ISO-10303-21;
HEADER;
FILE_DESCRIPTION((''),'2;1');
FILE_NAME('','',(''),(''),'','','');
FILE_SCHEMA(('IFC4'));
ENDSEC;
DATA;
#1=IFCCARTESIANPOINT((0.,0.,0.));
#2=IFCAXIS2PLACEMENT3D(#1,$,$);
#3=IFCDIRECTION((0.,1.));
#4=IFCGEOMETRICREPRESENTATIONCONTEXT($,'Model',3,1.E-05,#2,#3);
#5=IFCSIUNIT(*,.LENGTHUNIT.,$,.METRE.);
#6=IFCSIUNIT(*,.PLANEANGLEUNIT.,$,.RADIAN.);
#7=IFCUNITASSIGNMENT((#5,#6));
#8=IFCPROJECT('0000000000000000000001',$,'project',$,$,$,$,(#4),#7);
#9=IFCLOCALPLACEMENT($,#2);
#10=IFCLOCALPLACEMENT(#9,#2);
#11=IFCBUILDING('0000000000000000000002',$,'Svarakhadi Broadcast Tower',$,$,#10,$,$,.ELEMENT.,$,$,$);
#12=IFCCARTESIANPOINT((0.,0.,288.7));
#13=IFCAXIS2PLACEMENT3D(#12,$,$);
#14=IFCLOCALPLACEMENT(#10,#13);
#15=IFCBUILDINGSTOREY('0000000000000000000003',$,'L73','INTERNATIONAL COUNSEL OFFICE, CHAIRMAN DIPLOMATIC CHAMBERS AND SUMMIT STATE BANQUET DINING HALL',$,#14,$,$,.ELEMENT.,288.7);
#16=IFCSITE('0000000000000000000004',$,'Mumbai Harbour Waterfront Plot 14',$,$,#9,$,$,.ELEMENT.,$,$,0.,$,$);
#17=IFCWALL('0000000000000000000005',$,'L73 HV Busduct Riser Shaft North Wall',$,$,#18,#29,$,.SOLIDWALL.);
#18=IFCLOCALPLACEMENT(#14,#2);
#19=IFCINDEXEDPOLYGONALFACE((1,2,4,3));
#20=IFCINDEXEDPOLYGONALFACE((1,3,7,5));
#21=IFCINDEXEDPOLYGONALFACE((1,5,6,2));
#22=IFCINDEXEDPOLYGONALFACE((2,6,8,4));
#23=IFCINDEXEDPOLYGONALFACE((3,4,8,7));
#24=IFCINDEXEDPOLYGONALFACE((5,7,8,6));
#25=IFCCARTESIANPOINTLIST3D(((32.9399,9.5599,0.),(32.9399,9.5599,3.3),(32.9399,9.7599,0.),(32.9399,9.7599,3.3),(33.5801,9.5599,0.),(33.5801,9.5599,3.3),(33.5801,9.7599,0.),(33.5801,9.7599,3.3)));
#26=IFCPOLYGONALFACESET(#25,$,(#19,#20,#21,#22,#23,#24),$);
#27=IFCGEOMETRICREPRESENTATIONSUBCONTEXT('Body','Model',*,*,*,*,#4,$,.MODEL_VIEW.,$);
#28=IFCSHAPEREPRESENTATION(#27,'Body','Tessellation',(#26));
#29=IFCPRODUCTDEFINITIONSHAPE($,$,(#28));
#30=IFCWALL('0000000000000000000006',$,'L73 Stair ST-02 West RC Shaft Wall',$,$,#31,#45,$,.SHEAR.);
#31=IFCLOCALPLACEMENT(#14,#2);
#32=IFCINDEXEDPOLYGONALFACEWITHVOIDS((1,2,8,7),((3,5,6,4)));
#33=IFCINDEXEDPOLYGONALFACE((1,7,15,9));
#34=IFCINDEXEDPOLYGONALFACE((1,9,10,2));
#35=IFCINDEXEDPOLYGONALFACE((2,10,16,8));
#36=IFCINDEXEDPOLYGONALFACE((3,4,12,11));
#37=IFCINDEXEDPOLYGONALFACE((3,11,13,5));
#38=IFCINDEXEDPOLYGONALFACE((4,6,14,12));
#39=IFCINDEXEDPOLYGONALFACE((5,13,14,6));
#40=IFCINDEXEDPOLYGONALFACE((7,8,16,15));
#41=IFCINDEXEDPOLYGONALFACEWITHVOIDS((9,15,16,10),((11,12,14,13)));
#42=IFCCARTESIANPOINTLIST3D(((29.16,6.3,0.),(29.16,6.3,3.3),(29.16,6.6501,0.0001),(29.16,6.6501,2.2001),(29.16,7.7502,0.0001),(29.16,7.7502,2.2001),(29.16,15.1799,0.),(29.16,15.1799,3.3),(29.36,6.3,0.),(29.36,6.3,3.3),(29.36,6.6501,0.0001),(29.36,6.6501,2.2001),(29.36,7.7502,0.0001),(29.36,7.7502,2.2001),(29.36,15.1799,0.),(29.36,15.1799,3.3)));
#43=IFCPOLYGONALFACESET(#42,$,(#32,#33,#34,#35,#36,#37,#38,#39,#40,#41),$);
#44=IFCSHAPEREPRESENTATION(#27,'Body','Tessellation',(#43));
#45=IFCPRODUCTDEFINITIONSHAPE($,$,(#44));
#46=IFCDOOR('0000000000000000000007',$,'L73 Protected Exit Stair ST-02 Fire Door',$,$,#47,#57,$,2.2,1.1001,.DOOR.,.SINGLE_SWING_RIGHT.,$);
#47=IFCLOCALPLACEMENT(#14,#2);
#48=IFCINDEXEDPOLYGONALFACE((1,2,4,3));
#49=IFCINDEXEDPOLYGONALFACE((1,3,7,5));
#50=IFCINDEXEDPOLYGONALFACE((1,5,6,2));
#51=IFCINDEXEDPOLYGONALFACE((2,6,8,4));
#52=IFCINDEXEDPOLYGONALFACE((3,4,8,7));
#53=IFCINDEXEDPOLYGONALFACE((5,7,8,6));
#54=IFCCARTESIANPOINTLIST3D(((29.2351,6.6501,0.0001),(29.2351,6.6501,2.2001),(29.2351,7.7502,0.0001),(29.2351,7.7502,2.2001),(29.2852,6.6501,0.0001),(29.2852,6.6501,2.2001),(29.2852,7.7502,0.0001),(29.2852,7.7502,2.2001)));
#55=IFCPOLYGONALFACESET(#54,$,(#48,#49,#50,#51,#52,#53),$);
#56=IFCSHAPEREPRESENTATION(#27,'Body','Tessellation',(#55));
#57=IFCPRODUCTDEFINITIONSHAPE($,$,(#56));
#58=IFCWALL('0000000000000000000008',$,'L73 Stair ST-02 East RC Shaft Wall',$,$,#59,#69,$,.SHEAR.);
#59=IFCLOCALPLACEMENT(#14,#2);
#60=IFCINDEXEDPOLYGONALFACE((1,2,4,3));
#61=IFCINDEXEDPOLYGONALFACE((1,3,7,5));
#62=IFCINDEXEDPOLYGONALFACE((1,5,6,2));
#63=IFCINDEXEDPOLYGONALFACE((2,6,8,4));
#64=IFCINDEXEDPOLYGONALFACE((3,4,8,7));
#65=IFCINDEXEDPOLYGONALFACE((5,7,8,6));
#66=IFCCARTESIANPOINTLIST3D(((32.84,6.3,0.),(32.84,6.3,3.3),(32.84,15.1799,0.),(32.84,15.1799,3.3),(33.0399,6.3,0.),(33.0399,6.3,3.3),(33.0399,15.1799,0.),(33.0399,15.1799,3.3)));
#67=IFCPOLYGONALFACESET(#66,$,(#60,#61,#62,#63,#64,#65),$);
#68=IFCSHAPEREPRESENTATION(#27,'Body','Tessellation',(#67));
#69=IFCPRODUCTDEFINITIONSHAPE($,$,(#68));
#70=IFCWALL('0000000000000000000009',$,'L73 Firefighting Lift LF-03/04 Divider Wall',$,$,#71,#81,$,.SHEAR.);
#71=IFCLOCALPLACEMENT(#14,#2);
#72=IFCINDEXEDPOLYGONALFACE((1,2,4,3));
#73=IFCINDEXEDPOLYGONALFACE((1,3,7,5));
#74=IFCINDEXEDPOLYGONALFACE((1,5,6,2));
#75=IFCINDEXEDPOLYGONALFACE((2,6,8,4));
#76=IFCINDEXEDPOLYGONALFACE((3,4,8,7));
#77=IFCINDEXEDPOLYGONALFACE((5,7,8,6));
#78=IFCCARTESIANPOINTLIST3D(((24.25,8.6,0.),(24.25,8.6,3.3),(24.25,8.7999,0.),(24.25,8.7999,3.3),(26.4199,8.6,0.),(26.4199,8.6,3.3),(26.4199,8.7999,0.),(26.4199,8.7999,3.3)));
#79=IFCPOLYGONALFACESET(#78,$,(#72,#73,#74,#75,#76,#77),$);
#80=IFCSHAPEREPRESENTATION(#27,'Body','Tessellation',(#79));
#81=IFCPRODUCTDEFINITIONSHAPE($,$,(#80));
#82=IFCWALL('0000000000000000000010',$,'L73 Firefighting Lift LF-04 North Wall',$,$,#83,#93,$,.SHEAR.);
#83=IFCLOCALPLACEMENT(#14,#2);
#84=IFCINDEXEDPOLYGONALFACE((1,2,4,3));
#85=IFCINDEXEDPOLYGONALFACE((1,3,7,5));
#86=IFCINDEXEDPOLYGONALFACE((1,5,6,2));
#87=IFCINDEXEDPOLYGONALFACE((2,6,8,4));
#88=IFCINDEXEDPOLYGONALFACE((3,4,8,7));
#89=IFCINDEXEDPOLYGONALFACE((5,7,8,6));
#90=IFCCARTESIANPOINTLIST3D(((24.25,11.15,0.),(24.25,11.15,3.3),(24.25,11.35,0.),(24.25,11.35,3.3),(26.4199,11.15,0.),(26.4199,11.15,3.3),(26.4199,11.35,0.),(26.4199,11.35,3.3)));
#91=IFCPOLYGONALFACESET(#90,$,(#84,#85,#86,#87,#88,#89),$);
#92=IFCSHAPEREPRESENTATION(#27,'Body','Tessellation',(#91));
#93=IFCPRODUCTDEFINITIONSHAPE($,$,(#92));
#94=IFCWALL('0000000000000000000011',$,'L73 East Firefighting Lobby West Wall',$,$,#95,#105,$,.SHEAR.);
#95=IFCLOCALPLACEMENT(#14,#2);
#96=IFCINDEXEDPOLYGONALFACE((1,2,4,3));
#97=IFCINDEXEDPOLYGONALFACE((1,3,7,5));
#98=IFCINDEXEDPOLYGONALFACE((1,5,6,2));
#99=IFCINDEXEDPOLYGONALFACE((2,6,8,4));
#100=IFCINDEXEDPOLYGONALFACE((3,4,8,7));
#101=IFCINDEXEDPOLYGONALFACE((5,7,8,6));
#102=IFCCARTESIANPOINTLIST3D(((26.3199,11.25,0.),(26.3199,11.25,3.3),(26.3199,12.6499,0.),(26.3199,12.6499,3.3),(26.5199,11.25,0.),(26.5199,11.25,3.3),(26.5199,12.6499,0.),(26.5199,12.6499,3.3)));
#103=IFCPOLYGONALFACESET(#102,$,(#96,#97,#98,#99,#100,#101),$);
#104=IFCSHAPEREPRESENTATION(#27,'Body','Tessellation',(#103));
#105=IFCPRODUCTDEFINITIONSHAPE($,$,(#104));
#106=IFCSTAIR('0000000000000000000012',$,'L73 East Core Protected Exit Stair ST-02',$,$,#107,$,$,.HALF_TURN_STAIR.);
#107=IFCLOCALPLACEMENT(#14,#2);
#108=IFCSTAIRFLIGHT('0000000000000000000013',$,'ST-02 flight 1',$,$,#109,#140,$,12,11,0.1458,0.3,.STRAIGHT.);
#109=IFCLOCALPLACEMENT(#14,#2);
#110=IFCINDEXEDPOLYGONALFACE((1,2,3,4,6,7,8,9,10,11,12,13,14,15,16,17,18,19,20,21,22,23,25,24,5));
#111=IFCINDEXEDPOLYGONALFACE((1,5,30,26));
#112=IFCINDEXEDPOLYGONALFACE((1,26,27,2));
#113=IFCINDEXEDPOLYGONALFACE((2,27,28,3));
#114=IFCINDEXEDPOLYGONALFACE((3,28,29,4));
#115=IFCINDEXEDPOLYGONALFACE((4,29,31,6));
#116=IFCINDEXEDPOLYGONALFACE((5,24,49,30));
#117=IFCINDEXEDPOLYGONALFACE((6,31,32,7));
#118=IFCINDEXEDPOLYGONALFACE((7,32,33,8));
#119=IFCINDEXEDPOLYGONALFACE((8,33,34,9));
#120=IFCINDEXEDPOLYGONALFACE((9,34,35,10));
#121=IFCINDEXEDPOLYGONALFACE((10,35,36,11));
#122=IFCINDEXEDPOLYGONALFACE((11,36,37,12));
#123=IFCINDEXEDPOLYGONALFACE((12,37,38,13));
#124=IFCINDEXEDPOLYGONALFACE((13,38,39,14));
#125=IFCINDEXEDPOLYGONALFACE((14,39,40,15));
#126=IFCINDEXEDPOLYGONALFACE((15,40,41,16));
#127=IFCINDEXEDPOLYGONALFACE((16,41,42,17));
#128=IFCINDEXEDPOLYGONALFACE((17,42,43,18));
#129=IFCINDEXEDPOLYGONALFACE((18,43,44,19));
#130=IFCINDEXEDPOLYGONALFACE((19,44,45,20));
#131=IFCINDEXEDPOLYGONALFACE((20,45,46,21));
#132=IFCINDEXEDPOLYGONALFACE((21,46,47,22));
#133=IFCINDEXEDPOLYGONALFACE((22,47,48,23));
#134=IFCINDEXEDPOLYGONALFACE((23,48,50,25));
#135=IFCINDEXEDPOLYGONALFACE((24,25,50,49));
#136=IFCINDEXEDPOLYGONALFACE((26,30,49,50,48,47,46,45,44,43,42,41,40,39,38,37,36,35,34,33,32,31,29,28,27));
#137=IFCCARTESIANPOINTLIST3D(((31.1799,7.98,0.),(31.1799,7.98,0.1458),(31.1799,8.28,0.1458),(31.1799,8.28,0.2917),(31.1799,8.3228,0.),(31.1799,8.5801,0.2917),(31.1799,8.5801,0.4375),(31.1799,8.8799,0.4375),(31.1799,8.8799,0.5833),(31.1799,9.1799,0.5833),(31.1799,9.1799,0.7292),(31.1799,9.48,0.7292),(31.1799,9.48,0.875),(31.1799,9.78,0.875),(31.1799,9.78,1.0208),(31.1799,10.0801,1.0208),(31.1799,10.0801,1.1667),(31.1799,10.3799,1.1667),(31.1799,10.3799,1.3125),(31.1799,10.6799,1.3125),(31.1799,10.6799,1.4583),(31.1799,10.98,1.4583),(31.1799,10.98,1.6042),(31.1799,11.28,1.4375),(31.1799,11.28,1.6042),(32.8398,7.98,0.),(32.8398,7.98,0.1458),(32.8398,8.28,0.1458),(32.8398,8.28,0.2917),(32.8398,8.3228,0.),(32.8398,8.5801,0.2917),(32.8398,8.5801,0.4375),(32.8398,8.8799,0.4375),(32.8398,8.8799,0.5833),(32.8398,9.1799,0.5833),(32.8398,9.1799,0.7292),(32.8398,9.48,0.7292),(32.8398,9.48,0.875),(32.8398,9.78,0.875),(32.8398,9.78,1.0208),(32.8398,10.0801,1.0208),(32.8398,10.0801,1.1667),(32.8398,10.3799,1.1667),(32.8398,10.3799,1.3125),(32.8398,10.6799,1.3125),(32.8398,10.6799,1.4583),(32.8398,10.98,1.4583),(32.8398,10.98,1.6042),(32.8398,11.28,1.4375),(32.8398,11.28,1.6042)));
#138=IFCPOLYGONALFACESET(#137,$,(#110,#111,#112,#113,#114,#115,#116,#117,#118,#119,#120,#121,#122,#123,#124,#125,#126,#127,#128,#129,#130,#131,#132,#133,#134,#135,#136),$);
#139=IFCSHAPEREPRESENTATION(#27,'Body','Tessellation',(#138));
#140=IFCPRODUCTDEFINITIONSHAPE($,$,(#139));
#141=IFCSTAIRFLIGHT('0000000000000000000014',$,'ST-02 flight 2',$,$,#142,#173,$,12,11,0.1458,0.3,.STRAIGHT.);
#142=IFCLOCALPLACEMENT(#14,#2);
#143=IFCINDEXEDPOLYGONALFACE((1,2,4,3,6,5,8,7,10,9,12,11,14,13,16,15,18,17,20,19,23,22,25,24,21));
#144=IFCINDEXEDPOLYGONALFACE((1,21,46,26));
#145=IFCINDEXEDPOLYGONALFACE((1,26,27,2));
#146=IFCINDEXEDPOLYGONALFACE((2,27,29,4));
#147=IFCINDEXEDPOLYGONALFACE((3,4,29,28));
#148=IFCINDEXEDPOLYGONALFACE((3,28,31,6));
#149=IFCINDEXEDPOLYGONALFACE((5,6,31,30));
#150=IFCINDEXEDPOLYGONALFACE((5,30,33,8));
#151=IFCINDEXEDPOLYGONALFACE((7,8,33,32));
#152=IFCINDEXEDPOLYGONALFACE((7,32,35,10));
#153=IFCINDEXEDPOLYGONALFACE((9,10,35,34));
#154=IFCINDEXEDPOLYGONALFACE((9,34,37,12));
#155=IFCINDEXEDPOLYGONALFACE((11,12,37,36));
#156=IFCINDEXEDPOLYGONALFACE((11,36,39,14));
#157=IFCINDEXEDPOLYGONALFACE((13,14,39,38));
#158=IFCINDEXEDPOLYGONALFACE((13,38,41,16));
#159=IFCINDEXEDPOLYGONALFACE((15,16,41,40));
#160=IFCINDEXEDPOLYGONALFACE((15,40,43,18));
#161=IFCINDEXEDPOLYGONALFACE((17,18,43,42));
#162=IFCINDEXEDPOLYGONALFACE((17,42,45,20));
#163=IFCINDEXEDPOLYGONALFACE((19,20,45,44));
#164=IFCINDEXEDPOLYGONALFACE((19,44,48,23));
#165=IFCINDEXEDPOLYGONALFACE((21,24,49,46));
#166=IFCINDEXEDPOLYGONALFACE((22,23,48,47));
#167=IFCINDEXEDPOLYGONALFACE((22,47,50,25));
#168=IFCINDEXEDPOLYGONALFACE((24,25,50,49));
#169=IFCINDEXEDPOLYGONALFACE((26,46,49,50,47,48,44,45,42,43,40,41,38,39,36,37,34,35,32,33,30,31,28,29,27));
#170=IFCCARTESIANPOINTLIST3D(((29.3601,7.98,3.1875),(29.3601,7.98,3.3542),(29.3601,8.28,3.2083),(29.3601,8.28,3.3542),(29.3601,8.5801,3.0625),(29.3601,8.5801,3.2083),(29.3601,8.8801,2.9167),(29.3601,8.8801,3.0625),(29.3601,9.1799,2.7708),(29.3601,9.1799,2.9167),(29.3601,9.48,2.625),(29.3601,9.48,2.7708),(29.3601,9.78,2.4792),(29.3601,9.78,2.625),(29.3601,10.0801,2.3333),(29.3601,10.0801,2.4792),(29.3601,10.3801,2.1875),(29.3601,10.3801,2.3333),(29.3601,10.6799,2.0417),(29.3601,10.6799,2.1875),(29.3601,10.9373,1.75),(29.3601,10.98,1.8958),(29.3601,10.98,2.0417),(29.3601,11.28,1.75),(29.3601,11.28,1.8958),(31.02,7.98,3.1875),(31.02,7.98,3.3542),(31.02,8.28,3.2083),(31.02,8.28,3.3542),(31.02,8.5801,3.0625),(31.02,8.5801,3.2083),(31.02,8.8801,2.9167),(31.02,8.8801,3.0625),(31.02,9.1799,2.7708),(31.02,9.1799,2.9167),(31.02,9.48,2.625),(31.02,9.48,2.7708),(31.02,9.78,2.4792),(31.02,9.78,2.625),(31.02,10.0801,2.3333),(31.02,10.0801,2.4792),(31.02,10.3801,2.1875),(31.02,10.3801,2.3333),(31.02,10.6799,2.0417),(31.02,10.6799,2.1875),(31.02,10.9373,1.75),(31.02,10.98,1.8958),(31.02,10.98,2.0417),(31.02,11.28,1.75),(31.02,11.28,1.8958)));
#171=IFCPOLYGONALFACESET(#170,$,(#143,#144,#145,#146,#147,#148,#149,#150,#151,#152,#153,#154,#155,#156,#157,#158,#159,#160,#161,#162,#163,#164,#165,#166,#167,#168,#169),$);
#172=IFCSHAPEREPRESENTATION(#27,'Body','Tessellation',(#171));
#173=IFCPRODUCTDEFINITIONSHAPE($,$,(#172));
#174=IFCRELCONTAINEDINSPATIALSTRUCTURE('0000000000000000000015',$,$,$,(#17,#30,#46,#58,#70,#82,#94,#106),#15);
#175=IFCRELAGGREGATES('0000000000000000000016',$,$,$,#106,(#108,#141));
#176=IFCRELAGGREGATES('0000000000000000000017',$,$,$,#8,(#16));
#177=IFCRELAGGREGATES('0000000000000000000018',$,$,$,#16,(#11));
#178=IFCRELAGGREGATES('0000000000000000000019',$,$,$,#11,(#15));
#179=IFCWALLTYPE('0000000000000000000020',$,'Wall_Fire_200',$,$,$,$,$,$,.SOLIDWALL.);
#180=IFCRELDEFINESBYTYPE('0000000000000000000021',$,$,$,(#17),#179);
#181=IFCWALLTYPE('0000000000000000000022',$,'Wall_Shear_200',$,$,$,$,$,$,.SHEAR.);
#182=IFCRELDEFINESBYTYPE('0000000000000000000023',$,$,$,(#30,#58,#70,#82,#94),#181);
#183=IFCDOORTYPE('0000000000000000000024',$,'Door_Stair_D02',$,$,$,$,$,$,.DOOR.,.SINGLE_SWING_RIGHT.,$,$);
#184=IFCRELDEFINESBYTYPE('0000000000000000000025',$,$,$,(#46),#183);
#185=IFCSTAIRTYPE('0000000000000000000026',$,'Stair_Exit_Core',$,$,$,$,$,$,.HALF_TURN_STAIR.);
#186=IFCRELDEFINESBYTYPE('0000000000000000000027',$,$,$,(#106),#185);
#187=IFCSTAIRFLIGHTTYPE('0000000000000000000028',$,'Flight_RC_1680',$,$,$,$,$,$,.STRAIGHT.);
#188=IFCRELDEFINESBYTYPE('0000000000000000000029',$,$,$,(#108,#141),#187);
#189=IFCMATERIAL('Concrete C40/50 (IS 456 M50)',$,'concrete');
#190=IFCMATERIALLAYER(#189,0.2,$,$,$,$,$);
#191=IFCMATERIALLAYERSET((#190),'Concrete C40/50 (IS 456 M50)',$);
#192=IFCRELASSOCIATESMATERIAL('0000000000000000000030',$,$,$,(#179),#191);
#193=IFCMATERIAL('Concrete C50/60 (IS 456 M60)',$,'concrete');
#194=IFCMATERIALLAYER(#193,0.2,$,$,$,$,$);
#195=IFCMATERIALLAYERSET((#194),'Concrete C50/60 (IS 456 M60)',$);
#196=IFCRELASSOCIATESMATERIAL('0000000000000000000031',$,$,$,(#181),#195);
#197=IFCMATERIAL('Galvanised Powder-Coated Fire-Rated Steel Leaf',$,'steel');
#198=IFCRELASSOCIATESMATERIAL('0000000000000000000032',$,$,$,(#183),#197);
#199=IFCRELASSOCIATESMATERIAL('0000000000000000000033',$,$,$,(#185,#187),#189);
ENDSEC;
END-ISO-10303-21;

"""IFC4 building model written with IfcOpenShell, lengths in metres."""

from ifc_helpers import new_model, si_unit, direction, frame, frame_2d, origin, place, context, subcontext, project, spatial, polyline, rectangle, outline, extrude, material, layer, layer_set, type_object, element, fill, aggregate, save


model = new_model("IFC4")

# Units and contexts
model_context = context("Model", 3, precision=1e-05, world=origin(), true_north=direction((0.0, 1.0)))
body_context = subcontext(model_context, "Body", "Model", "MODEL_VIEW")
ifc_project = project(units=[si_unit("LENGTHUNIT", "METRE"), si_unit("PLANEANGLEUNIT", "RADIAN")], contexts=[model_context])

# Site, building, storey
site_placement = place(None, origin())
site = spatial("IfcSite", under=ifc_project, at=site_placement, Name="Mumbai Harbour Waterfront Plot 14", CompositionType="ELEMENT", RefElevation=0.0)
building_placement = place(site_placement, origin())
building = spatial("IfcBuilding", under=site, at=building_placement, Name="Svarakhadi Broadcast Tower", CompositionType="ELEMENT")
storey_placement = place(building_placement, frame((0.0, 0.0, 288.7)))
storey = spatial("IfcBuildingStorey", under=building, at=storey_placement, Name="L73", Description="INTERNATIONAL COUNSEL OFFICE, CHAIRMAN DIPLOMATIC CHAMBERS AND SUMMIT STATE BANQUET DINING HALL", CompositionType="ELEMENT", Elevation=288.7)

# Shared definitions
ifc_material_1 = material(Name="Concrete C50/60 (IS 456 M60)", Category="concrete")

# Wall
ifc_material_2 = material(Name="Concrete C40/50 (IS 456 M50)", Category="concrete")
ifc_layer_1 = layer(ifc_material_2, 0.2)
ifc_layer_set_1 = layer_set([ifc_layer_1], Name="Concrete C40/50 (IS 456 M50)")
wall_type_1 = type_object("IfcWallType", Name="Wall_Fire_200", PredefinedType="SOLIDWALL", material=ifc_layer_set_1)
wall_1_placement = place(storey_placement, frame((32.9399, 9.6599, 0.0), z_axis=(0.0, 0.0, 1.0), x_axis=(1.0, 0.0, 0.0)))
element("IfcWall", 1, at=wall_1_placement, inside=storey, type_object=wall_type_1, Name="L73 HV Busduct Riser Shaft North Wall", PredefinedType="SOLIDWALL", context=body_context, shape_type="SweptSolid", body=[
    extrude(rectangle(XDim=0.6401, YDim=0.2, at=frame_2d((0.3201, 0.0))), origin(), (0.0, 0.0, 1.0), 3.3),
])

# Wall, opening, door
ifc_layer_2 = layer(ifc_material_1, 0.2)
ifc_layer_set_2 = layer_set([ifc_layer_2], Name="Concrete C50/60 (IS 456 M60)")
wall_type_2 = type_object("IfcWallType", Name="Wall_Shear_200", PredefinedType="SHEAR", material=ifc_layer_set_2)
wall_2_placement = place(storey_placement, frame((29.26, 6.3, 0.0), z_axis=(0.0, 0.0, 1.0), x_axis=(0.0, 1.0, 0.0)))
wall_2 = element("IfcWall", 2, at=wall_2_placement, inside=storey, type_object=wall_type_2, Name="L73 Stair ST-02 West RC Shaft Wall", PredefinedType="SHEAR", context=body_context, shape_type="SweptSolid", body=[
    extrude(rectangle(XDim=8.8799, YDim=0.2, at=frame_2d((4.4399, 0.0))), origin(), (0.0, 0.0, 1.0), 3.3),
])
opening_placement = place(wall_2_placement, frame((0.3501, 0.0, 0.0)))
opening = element("IfcOpeningElement", 3, at=opening_placement, cuts=wall_2, PredefinedType="OPENING", context=body_context, shape_type="SweptSolid", body=[
    extrude(rectangle(XDim=1.1001, YDim=2.2, at=frame_2d((0.55, 1.1001))), frame((0.0, 0.1099, 0.0), z_axis=(0.0, -1.0, 0.0), x_axis=(1.0, 0.0, 0.0)), (0.0, 0.0, 1.0), 0.22),
])
ifc_material_3 = material(Name="Galvanised Powder-Coated Fire-Rated Steel Leaf", Category="steel")
door_type = type_object("IfcDoorType", Name="Door_Stair_D02", OperationType="SINGLE_SWING_RIGHT", PredefinedType="DOOR", material=ifc_material_3)
door_placement = place(opening_placement, origin())
door = element("IfcDoor", 4, at=door_placement, inside=storey, type_object=door_type, Name="L73 Protected Exit Stair ST-02 Fire Door", OperationType="SINGLE_SWING_RIGHT", OverallHeight=2.2, OverallWidth=1.1001, PredefinedType="DOOR", context=body_context, shape_type="SweptSolid", body=[
    extrude(rectangle(XDim=1.1001, YDim=2.2, at=frame_2d((0.55, 1.1001))), frame((0.0, 0.0249, 0.0), z_axis=(0.0, -1.0, 0.0), x_axis=(1.0, 0.0, 0.0)), (0.0, 0.0, 1.0), 0.05),
])
fill(opening, door)

# Walls
wall_3_placement = place(storey_placement, frame((32.9399, 6.3, 0.0), z_axis=(0.0, 0.0, 1.0), x_axis=(0.0, 1.0, 0.0)))
element("IfcWall", 5, at=wall_3_placement, inside=storey, type_object=wall_type_2, Name="L73 Stair ST-02 East RC Shaft Wall", PredefinedType="SHEAR", context=body_context, shape_type="SweptSolid", body=[
    extrude(rectangle(XDim=8.8799, YDim=0.2, at=frame_2d((4.4399, 0.0))), origin(), (0.0, 0.0, 1.0), 3.3),
])
for number, where, z_axis, x_axis, name in (
    (6, (24.25, 8.7, 0.0), (0.0, 0.0, 1.0), (1.0, 0.0, 0.0), "L73 Firefighting Lift LF-03/04 Divider Wall"),
    (7, (24.25, 11.25, 0.0), (0.0, 0.0, 1.0), (1.0, 0.0, 0.0), "L73 Firefighting Lift LF-04 North Wall"),
):
    element("IfcWall", number, at=place(storey_placement, frame(where, z_axis=z_axis, x_axis=x_axis)), inside=storey, type_object=wall_type_2, Name=name, PredefinedType="SHEAR", context=body_context, shape_type="SweptSolid", body=[
        extrude(rectangle(XDim=2.1699, YDim=0.2, at=frame_2d((1.085, 0.0))), origin(), (0.0, 0.0, 1.0), 3.3),
    ])
wall_4_placement = place(storey_placement, frame((26.4199, 11.25, 0.0), z_axis=(0.0, 0.0, 1.0), x_axis=(0.0, 1.0, 0.0)))
element("IfcWall", 8, at=wall_4_placement, inside=storey, type_object=wall_type_2, Name="L73 East Firefighting Lobby West Wall", PredefinedType="SHEAR", context=body_context, shape_type="SweptSolid", body=[
    extrude(rectangle(XDim=1.3999, YDim=0.2, at=frame_2d((0.7, 0.0))), origin(), (0.0, 0.0, 1.0), 3.3),
])

# Stair, stair flights
stair_type = type_object("IfcStairType", Name="Stair_Exit_Core", PredefinedType="HALF_TURN_STAIR", material=ifc_material_2)
stair_placement = place(storey_placement, origin())
stair = element("IfcStair", 9, at=stair_placement, inside=storey, type_object=stair_type, Name="L73 East Core Protected Exit Stair ST-02", PredefinedType="HALF_TURN_STAIR")
stair_flight_type = type_object("IfcStairFlightType", Name="Flight_RC_1680", PredefinedType="STRAIGHT", material=ifc_material_2)
stair_flight_1_placement = place(storey_placement, frame((32.01, 7.98, 0.0), z_axis=(0.0, 0.0, 1.0), x_axis=(0.0, 1.0, 0.0)))
stair_flight_1 = element("IfcStairFlight", 10, at=stair_flight_1_placement, type_object=stair_flight_type, Name="ST-02 flight 1", NumberOfRisers=12, NumberOfTreads=11, PredefinedType="STRAIGHT", RiserHeight=0.1458, TreadLength=0.3, context=body_context, shape_type="SweptSolid", body=[
    extrude(outline(polyline([(0.0, 0.0), (0.0, 0.1458), (0.3, 0.1458), (0.3, 0.2917), (0.6001, 0.2917), (0.6001, 0.4375), (0.8999, 0.4375), (0.8999, 0.5833), (1.2, 0.5833), (1.2, 0.7292), (1.5, 0.7292), (1.5, 0.875), (1.8, 0.875), (1.8, 1.0208), (2.1001, 1.0208), (2.1001, 1.1667), (2.3999, 1.1667), (2.3999, 1.3125), (2.7, 1.3125), (2.7, 1.4583), (3.0, 1.4583), (3.0, 1.6042), (3.3, 1.6042), (3.3, 1.75), (3.3, 1.4375), (0.3428, 0.0), (0.0, 0.0)])), frame((0.0, 0.8301, 0.0), z_axis=(0.0, -1.0, 0.0), x_axis=(1.0, 0.0, 0.0)), (0.0, 0.0, 1.0), 1.6599),
])
stair_flight_2_placement = place(storey_placement, frame((30.1899, 11.28, 1.75), z_axis=(0.0, 0.0, 1.0), x_axis=(0.0, -1.0, 0.0)))
stair_flight_2 = element("IfcStairFlight", 11, at=stair_flight_2_placement, type_object=stair_flight_type, Name="ST-02 flight 2", NumberOfRisers=12, NumberOfTreads=11, PredefinedType="STRAIGHT", RiserHeight=0.1458, TreadLength=0.3, context=body_context, shape_type="SweptSolid", body=[
    extrude(outline(polyline([(0.0, 0.0), (0.0, 0.1458), (0.3, 0.1458), (0.3, 0.2917), (0.6001, 0.2917), (0.6001, 0.4375), (0.8999, 0.4375), (0.8999, 0.5833), (1.2, 0.5833), (1.2, 0.7292), (1.5, 0.7292), (1.5, 0.875), (1.8, 0.875), (1.8, 1.0208), (2.1001, 1.0208), (2.1001, 1.1667), (2.3999, 1.1667), (2.3999, 1.3125), (2.7, 1.3125), (2.7, 1.4583), (3.0, 1.4583), (3.0, 1.6042), (3.3, 1.6042), (3.3, 1.75), (3.3, 1.4375), (0.3428, 0.0), (0.0, 0.0)])), frame((0.0, 0.8301, 0.0), z_axis=(0.0, -1.0, 0.0), x_axis=(1.0, 0.0, 0.0)), (0.0, 0.0, 1.0), 1.6599),
])
aggregate(stair, [stair_flight_1, stair_flight_2])

save(model, "model.ifc")
